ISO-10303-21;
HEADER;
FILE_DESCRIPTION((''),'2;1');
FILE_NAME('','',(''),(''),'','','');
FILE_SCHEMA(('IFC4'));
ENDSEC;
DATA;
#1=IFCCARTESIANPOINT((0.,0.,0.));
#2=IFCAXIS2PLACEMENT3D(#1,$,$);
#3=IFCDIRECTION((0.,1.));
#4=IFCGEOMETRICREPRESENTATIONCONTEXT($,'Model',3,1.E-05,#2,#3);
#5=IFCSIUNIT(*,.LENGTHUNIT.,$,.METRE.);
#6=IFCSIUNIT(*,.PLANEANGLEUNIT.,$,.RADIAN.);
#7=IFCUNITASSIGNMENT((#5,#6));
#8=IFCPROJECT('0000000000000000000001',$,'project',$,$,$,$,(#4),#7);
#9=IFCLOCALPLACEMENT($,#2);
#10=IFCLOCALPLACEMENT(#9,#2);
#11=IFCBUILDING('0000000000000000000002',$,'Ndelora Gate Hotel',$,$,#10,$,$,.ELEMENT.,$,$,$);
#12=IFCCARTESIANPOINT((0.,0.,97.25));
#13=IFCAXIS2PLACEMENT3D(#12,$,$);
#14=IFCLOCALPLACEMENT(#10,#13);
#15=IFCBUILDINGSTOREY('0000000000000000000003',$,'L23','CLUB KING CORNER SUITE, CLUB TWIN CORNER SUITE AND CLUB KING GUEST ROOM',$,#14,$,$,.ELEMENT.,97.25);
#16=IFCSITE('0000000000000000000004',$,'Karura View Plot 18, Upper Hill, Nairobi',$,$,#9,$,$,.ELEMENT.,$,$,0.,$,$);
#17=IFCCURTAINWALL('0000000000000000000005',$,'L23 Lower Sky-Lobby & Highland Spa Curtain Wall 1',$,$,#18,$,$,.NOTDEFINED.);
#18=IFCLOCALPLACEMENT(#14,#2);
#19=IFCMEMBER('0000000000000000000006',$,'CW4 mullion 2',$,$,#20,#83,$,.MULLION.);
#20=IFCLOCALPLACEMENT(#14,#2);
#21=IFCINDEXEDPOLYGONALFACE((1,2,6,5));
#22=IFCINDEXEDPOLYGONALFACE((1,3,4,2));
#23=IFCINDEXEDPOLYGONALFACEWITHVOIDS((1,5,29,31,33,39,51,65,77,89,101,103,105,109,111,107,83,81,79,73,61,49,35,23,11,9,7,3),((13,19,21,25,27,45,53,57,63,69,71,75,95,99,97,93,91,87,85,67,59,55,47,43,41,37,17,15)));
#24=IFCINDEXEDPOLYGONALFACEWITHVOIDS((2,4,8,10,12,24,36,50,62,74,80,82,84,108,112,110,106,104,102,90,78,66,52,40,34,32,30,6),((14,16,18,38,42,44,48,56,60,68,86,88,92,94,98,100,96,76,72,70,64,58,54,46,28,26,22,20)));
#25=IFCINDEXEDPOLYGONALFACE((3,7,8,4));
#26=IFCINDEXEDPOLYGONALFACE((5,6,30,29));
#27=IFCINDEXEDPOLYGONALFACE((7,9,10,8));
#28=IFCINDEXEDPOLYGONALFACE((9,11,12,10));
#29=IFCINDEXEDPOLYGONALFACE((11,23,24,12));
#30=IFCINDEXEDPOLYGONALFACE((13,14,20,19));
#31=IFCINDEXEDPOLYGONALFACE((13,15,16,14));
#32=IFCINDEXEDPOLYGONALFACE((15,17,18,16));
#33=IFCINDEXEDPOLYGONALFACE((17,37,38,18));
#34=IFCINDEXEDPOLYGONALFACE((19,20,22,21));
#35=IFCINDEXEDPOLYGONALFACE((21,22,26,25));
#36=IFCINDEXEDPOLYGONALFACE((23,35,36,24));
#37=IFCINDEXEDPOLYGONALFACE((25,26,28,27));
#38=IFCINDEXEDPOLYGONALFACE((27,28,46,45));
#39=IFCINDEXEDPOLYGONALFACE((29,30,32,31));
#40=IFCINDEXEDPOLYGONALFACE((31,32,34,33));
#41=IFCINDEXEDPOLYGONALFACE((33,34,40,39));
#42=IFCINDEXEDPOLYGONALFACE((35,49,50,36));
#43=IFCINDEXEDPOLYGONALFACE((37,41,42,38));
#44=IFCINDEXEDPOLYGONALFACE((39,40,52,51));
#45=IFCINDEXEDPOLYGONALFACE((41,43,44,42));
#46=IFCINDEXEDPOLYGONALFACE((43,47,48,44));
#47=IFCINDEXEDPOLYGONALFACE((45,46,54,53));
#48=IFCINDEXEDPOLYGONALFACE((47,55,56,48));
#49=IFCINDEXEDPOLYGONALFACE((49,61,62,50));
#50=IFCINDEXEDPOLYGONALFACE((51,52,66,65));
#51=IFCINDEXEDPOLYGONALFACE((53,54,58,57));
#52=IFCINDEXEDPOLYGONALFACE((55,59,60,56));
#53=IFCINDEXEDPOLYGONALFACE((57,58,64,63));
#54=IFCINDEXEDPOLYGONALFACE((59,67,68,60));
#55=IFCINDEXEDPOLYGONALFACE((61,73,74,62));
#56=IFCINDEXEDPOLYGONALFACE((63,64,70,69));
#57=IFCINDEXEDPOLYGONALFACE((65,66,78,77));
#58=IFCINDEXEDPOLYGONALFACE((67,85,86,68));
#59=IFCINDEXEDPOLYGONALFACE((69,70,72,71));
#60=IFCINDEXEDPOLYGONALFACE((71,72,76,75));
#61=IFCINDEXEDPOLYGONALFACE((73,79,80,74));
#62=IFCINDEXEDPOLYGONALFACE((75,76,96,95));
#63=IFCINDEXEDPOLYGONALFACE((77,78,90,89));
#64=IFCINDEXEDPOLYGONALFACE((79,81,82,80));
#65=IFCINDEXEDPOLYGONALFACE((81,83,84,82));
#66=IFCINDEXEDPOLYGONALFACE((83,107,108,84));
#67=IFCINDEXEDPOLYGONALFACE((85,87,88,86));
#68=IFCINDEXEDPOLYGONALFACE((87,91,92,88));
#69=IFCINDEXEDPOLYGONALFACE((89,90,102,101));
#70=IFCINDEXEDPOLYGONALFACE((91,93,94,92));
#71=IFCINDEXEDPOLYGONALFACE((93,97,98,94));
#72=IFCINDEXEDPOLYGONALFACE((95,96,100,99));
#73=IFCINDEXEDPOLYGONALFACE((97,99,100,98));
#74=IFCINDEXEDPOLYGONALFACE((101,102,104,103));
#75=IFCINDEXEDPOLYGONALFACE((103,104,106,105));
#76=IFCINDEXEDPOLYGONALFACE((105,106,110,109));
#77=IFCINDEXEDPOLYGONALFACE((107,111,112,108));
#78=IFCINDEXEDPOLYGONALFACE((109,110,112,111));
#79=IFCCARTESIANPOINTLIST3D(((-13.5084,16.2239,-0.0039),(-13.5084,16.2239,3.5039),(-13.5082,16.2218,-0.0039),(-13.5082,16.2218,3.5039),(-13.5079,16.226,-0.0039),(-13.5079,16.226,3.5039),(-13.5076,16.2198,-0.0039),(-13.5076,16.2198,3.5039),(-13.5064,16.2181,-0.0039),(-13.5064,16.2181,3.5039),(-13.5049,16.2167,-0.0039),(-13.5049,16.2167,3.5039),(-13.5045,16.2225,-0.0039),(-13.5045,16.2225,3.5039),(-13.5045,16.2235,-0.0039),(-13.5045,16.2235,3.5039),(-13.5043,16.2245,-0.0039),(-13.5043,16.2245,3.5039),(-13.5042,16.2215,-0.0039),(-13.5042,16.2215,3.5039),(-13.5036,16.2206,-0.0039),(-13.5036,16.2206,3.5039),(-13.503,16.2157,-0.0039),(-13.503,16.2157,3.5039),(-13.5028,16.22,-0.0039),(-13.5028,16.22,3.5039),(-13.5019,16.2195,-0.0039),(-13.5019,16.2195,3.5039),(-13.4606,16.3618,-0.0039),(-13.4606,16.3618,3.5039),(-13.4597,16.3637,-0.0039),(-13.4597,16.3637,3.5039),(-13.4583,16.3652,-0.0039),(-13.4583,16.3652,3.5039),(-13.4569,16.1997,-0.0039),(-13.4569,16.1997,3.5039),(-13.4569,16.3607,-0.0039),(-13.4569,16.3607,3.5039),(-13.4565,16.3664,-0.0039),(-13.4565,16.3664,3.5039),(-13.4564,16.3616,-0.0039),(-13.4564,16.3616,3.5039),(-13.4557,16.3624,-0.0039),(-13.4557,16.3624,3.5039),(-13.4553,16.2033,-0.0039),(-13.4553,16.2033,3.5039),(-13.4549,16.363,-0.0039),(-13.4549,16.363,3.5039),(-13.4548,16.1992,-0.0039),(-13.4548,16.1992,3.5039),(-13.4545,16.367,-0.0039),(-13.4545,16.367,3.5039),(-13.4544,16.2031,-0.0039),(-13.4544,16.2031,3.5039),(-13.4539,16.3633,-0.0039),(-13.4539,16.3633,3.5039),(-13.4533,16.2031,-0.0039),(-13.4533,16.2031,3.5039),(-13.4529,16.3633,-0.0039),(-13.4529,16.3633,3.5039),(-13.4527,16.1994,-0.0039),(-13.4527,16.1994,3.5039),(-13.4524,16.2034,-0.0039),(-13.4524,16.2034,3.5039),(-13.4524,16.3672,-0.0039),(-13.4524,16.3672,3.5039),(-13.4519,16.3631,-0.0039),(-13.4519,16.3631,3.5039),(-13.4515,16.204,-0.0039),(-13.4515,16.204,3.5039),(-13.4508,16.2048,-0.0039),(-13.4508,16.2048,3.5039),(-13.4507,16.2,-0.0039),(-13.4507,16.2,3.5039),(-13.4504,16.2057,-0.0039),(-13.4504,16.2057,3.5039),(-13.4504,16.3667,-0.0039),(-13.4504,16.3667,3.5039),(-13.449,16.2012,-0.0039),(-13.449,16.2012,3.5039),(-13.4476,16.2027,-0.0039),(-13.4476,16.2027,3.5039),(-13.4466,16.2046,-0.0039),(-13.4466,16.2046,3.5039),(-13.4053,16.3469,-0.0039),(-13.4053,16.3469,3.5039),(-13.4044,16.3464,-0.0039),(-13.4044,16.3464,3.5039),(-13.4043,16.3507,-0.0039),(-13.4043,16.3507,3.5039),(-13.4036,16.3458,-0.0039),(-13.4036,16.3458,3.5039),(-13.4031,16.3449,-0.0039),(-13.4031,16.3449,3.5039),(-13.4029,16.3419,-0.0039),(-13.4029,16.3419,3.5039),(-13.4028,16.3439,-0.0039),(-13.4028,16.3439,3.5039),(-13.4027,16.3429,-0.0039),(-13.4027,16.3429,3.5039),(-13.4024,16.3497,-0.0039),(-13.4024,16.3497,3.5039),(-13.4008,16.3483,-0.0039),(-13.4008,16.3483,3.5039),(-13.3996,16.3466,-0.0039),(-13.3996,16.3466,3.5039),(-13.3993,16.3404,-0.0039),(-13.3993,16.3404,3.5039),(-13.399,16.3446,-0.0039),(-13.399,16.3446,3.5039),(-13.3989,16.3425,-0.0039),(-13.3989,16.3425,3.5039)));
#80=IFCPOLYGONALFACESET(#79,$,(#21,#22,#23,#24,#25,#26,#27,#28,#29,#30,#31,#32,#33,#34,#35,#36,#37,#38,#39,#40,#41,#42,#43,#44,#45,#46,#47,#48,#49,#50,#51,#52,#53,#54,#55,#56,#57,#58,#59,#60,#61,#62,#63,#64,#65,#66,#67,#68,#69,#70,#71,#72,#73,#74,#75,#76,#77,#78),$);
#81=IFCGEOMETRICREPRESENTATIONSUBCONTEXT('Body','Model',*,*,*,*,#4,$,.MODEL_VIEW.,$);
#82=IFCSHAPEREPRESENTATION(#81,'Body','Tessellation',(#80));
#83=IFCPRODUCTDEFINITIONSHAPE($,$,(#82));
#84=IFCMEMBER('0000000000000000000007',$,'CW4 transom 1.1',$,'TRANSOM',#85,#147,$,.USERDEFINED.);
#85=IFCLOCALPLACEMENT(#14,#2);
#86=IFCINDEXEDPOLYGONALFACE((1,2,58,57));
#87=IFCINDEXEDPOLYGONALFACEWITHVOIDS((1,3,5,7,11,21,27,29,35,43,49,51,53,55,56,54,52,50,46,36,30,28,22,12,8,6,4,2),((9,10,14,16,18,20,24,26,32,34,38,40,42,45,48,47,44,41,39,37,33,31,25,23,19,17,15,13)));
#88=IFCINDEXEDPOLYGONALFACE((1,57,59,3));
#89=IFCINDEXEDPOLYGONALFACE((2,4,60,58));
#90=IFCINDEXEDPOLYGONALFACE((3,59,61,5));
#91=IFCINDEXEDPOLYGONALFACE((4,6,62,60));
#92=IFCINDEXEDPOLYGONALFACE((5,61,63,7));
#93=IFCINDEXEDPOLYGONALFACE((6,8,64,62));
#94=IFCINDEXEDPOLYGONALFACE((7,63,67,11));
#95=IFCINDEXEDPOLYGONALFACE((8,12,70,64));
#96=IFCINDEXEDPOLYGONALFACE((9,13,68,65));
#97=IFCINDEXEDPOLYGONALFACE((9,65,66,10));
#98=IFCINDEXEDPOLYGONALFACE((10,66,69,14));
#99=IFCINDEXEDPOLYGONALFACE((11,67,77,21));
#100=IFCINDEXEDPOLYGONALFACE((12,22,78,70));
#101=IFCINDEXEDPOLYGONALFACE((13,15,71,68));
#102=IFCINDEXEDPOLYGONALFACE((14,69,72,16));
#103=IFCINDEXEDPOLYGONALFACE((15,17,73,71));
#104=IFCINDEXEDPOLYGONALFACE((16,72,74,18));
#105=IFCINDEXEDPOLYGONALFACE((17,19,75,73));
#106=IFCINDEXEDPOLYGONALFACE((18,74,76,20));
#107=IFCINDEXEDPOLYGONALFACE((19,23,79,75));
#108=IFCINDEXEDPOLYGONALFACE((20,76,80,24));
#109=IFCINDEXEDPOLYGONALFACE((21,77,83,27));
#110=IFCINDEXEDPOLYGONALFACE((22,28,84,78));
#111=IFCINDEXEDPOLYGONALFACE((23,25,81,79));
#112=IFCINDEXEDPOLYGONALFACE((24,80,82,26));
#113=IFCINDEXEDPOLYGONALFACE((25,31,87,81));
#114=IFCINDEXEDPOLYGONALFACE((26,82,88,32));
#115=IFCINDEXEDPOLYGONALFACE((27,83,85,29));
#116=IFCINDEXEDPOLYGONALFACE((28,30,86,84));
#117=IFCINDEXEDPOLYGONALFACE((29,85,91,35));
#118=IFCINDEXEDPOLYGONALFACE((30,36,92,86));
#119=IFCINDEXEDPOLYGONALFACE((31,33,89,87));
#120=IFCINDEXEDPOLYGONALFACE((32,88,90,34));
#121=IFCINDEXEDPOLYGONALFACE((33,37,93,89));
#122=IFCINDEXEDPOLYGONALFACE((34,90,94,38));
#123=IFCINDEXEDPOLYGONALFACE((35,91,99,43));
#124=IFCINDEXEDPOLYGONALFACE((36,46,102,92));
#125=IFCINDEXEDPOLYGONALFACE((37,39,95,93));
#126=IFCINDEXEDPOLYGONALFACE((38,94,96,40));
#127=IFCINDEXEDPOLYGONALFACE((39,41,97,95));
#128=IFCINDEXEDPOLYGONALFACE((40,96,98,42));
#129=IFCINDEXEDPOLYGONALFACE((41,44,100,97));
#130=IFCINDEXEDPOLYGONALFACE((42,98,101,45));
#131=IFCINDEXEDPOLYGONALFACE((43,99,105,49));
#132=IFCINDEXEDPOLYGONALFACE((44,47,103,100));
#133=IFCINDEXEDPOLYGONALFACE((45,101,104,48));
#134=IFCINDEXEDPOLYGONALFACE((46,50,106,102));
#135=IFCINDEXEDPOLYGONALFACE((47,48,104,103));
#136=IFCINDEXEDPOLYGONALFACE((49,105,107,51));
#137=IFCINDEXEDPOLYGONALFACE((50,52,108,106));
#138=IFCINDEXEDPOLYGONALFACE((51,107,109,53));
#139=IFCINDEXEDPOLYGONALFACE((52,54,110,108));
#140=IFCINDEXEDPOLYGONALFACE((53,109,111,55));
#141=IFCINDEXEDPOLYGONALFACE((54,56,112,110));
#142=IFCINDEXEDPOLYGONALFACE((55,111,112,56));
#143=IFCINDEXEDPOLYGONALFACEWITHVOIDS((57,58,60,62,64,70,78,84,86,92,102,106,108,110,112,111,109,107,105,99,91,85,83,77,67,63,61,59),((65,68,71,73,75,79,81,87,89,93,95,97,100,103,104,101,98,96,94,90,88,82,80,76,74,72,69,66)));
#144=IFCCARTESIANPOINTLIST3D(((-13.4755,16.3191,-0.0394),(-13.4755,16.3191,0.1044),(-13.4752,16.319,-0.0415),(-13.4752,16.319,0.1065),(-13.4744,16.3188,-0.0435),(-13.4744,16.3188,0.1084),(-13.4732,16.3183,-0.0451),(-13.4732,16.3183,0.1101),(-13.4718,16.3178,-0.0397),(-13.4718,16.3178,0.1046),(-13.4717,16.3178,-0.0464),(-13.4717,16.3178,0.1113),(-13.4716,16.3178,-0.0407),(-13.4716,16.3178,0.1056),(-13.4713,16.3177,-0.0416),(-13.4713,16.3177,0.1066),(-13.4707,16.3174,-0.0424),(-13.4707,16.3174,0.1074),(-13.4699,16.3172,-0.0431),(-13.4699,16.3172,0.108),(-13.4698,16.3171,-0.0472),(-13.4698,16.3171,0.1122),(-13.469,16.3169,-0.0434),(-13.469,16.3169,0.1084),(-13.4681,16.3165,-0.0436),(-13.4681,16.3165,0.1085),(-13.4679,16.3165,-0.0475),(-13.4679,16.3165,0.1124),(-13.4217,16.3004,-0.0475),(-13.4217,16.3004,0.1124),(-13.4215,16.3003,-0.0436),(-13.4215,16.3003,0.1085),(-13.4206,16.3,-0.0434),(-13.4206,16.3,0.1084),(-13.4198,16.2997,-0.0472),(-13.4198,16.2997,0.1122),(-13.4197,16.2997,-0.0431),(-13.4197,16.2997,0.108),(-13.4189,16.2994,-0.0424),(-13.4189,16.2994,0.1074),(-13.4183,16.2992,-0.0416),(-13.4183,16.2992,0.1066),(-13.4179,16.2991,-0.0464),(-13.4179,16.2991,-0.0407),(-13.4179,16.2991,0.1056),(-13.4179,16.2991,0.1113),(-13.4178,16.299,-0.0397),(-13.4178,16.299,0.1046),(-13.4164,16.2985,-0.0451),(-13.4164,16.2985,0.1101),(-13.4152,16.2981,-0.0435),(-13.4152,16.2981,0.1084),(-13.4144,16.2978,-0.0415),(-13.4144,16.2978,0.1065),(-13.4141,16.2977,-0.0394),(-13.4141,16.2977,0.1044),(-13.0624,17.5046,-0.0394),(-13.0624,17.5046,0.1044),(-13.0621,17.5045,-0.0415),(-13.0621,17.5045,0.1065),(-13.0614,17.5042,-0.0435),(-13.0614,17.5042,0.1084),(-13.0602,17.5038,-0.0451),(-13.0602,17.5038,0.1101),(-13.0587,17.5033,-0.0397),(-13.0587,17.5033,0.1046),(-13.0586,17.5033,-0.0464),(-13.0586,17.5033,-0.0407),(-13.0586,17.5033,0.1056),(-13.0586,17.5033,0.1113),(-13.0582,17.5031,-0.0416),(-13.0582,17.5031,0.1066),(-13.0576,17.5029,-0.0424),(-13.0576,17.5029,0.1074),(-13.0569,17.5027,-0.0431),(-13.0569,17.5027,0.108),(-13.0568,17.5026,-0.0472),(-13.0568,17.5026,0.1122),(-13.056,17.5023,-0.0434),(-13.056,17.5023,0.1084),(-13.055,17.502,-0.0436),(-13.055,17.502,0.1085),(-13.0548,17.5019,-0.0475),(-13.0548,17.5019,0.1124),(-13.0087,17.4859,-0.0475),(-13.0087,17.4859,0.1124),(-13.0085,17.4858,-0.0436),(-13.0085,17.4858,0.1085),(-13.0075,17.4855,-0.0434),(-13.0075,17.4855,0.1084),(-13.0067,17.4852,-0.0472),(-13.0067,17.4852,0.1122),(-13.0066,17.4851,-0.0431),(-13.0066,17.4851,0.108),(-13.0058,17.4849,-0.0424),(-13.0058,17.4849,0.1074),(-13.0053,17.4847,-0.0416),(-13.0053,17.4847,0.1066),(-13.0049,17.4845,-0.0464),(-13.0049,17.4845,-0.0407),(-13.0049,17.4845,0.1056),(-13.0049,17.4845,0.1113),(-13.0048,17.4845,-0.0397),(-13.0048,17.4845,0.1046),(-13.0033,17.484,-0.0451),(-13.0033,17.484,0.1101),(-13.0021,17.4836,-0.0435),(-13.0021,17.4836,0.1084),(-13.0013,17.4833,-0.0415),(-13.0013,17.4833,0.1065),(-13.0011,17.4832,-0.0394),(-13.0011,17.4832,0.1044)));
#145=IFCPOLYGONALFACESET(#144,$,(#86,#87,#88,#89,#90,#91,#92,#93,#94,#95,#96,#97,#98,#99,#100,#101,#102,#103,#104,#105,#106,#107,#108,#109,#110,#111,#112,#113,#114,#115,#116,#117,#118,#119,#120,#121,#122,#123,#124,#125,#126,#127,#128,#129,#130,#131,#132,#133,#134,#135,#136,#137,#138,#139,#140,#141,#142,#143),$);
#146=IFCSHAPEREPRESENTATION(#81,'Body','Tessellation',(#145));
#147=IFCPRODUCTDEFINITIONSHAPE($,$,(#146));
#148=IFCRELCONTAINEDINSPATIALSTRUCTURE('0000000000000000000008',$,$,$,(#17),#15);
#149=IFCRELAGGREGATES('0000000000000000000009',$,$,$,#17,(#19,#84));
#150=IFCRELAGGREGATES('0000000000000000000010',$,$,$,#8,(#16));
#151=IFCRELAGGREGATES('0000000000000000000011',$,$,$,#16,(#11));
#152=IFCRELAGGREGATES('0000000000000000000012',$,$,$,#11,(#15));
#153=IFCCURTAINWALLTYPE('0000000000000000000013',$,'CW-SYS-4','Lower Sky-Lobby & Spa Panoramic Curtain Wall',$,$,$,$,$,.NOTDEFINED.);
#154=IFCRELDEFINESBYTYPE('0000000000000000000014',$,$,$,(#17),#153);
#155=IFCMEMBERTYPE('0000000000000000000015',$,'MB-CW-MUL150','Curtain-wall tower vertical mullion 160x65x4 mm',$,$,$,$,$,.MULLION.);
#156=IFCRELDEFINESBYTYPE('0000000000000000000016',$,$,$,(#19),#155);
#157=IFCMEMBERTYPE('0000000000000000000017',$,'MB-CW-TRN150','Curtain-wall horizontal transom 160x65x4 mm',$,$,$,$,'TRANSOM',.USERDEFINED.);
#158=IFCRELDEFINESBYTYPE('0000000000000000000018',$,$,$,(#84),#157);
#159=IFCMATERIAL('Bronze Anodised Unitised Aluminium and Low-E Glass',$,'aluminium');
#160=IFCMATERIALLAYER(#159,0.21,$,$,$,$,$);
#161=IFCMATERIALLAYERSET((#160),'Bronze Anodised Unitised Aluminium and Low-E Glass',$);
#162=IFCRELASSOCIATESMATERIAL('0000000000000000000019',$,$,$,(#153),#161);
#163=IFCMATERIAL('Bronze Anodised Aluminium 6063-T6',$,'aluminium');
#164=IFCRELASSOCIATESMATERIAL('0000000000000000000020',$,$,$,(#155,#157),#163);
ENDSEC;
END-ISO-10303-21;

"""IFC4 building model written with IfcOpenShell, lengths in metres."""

from ifc_helpers import new_model, si_unit, direction, frame, origin, origin_2d, place, context, subcontext, project, spatial, hollow_rectangle, extrude, material, layer, layer_set, material_profile, profile_set, type_object, element, aggregate, save


model = new_model("IFC4")

# Units and contexts
model_context = context("Model", 3, precision=1e-05, world=origin(), true_north=direction((0.0, 1.0)))
body_context = subcontext(model_context, "Body", "Model", "MODEL_VIEW")
ifc_project = project(units=[si_unit("LENGTHUNIT", "METRE"), si_unit("PLANEANGLEUNIT", "RADIAN")], contexts=[model_context])

# Site, building, storey
site_placement = place(None, origin())
site = spatial("IfcSite", under=ifc_project, at=site_placement, Name="Karura View Plot 18, Upper Hill, Nairobi", CompositionType="ELEMENT", RefElevation=0.0)
building_placement = place(site_placement, origin())
building = spatial("IfcBuilding", under=site, at=building_placement, Name="Ndelora Gate Hotel", CompositionType="ELEMENT")
storey_placement = place(building_placement, frame((0.0, 0.0, 97.25)))
storey = spatial("IfcBuildingStorey", under=building, at=storey_placement, Name="L23", Description="CLUB KING CORNER SUITE, CLUB TWIN CORNER SUITE AND CLUB KING GUEST ROOM", CompositionType="ELEMENT", Elevation=97.25)

# Curtain wall, members
ifc_material_1 = material(Name="Bronze Anodised Unitised Aluminium and Low-E Glass", Category="aluminium")
ifc_layer_1 = layer(ifc_material_1, 0.21)
ifc_layer_set_1 = layer_set([ifc_layer_1], Name="Bronze Anodised Unitised Aluminium and Low-E Glass")
curtain_wall_type = type_object("IfcCurtainWallType", Name="CW-SYS-4", Description="Lower Sky-Lobby & Spa Panoramic Curtain Wall", PredefinedType="NOTDEFINED", material=ifc_layer_set_1)
curtain_wall_placement = place(storey_placement, origin())
curtain_wall = element("IfcCurtainWall", 1, at=curtain_wall_placement, inside=storey, type_object=curtain_wall_type, Name="L23 Lower Sky-Lobby & Highland Spa Curtain Wall 1", PredefinedType="NOTDEFINED")
ifc_material_2 = material(Name="Bronze Anodised Aluminium 6063-T6", Category="aluminium")
ifc_material_profile_1 = material_profile(ifc_material_2, hollow_rectangle(XDim=0.0649, YDim=0.1599, WallThickness=0.0039, InnerFilletRadius=0.0039, OuterFilletRadius=0.0081, at=origin_2d()), Name="ALU 160x65x4")
ifc_profile_set_1 = profile_set([ifc_material_profile_1], Name="Bronze Anodised Aluminium 6063-T6")
member_type_1 = type_object("IfcMemberType", Name="MB-CW-MUL150", Description="Curtain-wall tower vertical mullion 160x65x4 mm", PredefinedType="MULLION", material=ifc_profile_set_1)
member_1_placement = place(storey_placement, frame((-13.4536, 16.2832, -0.0039), z_axis=(0.0, 0.0, 1.0), x_axis=(0.944327, -0.329008, 0.0)))
member_1 = element("IfcMember", 2, at=member_1_placement, type_object=member_type_1, Name="CW4 mullion 2", PredefinedType="MULLION", context=body_context, shape_type="SweptSolid", body=[
    extrude(hollow_rectangle(XDim=0.0649, YDim=0.1599, WallThickness=0.0039, InnerFilletRadius=0.0039, OuterFilletRadius=0.0081, at=origin_2d()), origin(), (0.0, 0.0, 1.0), 3.5078),
])
ifc_material_profile_2 = material_profile(ifc_material_2, hollow_rectangle(XDim=0.0649, YDim=0.1599, WallThickness=0.0039, InnerFilletRadius=0.0039, OuterFilletRadius=0.0081, at=origin_2d()), Name="ALU 160x65x4")
ifc_profile_set_2 = profile_set([ifc_material_profile_2], Name="Bronze Anodised Aluminium 6063-T6")
member_type_2 = type_object("IfcMemberType", Name="MB-CW-TRN150", Description="Curtain-wall horizontal transom 160x65x4 mm", ElementType="TRANSOM", PredefinedType="USERDEFINED", material=ifc_profile_set_2)
member_2_placement = place(storey_placement, frame((-13.0317, 17.4939, 0.0325), z_axis=(-0.329033, -0.944318, 0.0), x_axis=(0.944318, -0.329033, 0.0)))
member_2 = element("IfcMember", 3, at=member_2_placement, type_object=member_type_2, Name="CW4 transom 1.1", ObjectType="TRANSOM", PredefinedType="USERDEFINED", context=body_context, shape_type="SweptSolid", body=[
    extrude(hollow_rectangle(XDim=0.0649, YDim=0.1599, WallThickness=0.0039, InnerFilletRadius=0.0039, OuterFilletRadius=0.0081, at=origin_2d()), origin(), (0.0, 0.0, 1.0), 1.2554),
])
aggregate(curtain_wall, [member_1, member_2])

save(model, "model.ifc")
